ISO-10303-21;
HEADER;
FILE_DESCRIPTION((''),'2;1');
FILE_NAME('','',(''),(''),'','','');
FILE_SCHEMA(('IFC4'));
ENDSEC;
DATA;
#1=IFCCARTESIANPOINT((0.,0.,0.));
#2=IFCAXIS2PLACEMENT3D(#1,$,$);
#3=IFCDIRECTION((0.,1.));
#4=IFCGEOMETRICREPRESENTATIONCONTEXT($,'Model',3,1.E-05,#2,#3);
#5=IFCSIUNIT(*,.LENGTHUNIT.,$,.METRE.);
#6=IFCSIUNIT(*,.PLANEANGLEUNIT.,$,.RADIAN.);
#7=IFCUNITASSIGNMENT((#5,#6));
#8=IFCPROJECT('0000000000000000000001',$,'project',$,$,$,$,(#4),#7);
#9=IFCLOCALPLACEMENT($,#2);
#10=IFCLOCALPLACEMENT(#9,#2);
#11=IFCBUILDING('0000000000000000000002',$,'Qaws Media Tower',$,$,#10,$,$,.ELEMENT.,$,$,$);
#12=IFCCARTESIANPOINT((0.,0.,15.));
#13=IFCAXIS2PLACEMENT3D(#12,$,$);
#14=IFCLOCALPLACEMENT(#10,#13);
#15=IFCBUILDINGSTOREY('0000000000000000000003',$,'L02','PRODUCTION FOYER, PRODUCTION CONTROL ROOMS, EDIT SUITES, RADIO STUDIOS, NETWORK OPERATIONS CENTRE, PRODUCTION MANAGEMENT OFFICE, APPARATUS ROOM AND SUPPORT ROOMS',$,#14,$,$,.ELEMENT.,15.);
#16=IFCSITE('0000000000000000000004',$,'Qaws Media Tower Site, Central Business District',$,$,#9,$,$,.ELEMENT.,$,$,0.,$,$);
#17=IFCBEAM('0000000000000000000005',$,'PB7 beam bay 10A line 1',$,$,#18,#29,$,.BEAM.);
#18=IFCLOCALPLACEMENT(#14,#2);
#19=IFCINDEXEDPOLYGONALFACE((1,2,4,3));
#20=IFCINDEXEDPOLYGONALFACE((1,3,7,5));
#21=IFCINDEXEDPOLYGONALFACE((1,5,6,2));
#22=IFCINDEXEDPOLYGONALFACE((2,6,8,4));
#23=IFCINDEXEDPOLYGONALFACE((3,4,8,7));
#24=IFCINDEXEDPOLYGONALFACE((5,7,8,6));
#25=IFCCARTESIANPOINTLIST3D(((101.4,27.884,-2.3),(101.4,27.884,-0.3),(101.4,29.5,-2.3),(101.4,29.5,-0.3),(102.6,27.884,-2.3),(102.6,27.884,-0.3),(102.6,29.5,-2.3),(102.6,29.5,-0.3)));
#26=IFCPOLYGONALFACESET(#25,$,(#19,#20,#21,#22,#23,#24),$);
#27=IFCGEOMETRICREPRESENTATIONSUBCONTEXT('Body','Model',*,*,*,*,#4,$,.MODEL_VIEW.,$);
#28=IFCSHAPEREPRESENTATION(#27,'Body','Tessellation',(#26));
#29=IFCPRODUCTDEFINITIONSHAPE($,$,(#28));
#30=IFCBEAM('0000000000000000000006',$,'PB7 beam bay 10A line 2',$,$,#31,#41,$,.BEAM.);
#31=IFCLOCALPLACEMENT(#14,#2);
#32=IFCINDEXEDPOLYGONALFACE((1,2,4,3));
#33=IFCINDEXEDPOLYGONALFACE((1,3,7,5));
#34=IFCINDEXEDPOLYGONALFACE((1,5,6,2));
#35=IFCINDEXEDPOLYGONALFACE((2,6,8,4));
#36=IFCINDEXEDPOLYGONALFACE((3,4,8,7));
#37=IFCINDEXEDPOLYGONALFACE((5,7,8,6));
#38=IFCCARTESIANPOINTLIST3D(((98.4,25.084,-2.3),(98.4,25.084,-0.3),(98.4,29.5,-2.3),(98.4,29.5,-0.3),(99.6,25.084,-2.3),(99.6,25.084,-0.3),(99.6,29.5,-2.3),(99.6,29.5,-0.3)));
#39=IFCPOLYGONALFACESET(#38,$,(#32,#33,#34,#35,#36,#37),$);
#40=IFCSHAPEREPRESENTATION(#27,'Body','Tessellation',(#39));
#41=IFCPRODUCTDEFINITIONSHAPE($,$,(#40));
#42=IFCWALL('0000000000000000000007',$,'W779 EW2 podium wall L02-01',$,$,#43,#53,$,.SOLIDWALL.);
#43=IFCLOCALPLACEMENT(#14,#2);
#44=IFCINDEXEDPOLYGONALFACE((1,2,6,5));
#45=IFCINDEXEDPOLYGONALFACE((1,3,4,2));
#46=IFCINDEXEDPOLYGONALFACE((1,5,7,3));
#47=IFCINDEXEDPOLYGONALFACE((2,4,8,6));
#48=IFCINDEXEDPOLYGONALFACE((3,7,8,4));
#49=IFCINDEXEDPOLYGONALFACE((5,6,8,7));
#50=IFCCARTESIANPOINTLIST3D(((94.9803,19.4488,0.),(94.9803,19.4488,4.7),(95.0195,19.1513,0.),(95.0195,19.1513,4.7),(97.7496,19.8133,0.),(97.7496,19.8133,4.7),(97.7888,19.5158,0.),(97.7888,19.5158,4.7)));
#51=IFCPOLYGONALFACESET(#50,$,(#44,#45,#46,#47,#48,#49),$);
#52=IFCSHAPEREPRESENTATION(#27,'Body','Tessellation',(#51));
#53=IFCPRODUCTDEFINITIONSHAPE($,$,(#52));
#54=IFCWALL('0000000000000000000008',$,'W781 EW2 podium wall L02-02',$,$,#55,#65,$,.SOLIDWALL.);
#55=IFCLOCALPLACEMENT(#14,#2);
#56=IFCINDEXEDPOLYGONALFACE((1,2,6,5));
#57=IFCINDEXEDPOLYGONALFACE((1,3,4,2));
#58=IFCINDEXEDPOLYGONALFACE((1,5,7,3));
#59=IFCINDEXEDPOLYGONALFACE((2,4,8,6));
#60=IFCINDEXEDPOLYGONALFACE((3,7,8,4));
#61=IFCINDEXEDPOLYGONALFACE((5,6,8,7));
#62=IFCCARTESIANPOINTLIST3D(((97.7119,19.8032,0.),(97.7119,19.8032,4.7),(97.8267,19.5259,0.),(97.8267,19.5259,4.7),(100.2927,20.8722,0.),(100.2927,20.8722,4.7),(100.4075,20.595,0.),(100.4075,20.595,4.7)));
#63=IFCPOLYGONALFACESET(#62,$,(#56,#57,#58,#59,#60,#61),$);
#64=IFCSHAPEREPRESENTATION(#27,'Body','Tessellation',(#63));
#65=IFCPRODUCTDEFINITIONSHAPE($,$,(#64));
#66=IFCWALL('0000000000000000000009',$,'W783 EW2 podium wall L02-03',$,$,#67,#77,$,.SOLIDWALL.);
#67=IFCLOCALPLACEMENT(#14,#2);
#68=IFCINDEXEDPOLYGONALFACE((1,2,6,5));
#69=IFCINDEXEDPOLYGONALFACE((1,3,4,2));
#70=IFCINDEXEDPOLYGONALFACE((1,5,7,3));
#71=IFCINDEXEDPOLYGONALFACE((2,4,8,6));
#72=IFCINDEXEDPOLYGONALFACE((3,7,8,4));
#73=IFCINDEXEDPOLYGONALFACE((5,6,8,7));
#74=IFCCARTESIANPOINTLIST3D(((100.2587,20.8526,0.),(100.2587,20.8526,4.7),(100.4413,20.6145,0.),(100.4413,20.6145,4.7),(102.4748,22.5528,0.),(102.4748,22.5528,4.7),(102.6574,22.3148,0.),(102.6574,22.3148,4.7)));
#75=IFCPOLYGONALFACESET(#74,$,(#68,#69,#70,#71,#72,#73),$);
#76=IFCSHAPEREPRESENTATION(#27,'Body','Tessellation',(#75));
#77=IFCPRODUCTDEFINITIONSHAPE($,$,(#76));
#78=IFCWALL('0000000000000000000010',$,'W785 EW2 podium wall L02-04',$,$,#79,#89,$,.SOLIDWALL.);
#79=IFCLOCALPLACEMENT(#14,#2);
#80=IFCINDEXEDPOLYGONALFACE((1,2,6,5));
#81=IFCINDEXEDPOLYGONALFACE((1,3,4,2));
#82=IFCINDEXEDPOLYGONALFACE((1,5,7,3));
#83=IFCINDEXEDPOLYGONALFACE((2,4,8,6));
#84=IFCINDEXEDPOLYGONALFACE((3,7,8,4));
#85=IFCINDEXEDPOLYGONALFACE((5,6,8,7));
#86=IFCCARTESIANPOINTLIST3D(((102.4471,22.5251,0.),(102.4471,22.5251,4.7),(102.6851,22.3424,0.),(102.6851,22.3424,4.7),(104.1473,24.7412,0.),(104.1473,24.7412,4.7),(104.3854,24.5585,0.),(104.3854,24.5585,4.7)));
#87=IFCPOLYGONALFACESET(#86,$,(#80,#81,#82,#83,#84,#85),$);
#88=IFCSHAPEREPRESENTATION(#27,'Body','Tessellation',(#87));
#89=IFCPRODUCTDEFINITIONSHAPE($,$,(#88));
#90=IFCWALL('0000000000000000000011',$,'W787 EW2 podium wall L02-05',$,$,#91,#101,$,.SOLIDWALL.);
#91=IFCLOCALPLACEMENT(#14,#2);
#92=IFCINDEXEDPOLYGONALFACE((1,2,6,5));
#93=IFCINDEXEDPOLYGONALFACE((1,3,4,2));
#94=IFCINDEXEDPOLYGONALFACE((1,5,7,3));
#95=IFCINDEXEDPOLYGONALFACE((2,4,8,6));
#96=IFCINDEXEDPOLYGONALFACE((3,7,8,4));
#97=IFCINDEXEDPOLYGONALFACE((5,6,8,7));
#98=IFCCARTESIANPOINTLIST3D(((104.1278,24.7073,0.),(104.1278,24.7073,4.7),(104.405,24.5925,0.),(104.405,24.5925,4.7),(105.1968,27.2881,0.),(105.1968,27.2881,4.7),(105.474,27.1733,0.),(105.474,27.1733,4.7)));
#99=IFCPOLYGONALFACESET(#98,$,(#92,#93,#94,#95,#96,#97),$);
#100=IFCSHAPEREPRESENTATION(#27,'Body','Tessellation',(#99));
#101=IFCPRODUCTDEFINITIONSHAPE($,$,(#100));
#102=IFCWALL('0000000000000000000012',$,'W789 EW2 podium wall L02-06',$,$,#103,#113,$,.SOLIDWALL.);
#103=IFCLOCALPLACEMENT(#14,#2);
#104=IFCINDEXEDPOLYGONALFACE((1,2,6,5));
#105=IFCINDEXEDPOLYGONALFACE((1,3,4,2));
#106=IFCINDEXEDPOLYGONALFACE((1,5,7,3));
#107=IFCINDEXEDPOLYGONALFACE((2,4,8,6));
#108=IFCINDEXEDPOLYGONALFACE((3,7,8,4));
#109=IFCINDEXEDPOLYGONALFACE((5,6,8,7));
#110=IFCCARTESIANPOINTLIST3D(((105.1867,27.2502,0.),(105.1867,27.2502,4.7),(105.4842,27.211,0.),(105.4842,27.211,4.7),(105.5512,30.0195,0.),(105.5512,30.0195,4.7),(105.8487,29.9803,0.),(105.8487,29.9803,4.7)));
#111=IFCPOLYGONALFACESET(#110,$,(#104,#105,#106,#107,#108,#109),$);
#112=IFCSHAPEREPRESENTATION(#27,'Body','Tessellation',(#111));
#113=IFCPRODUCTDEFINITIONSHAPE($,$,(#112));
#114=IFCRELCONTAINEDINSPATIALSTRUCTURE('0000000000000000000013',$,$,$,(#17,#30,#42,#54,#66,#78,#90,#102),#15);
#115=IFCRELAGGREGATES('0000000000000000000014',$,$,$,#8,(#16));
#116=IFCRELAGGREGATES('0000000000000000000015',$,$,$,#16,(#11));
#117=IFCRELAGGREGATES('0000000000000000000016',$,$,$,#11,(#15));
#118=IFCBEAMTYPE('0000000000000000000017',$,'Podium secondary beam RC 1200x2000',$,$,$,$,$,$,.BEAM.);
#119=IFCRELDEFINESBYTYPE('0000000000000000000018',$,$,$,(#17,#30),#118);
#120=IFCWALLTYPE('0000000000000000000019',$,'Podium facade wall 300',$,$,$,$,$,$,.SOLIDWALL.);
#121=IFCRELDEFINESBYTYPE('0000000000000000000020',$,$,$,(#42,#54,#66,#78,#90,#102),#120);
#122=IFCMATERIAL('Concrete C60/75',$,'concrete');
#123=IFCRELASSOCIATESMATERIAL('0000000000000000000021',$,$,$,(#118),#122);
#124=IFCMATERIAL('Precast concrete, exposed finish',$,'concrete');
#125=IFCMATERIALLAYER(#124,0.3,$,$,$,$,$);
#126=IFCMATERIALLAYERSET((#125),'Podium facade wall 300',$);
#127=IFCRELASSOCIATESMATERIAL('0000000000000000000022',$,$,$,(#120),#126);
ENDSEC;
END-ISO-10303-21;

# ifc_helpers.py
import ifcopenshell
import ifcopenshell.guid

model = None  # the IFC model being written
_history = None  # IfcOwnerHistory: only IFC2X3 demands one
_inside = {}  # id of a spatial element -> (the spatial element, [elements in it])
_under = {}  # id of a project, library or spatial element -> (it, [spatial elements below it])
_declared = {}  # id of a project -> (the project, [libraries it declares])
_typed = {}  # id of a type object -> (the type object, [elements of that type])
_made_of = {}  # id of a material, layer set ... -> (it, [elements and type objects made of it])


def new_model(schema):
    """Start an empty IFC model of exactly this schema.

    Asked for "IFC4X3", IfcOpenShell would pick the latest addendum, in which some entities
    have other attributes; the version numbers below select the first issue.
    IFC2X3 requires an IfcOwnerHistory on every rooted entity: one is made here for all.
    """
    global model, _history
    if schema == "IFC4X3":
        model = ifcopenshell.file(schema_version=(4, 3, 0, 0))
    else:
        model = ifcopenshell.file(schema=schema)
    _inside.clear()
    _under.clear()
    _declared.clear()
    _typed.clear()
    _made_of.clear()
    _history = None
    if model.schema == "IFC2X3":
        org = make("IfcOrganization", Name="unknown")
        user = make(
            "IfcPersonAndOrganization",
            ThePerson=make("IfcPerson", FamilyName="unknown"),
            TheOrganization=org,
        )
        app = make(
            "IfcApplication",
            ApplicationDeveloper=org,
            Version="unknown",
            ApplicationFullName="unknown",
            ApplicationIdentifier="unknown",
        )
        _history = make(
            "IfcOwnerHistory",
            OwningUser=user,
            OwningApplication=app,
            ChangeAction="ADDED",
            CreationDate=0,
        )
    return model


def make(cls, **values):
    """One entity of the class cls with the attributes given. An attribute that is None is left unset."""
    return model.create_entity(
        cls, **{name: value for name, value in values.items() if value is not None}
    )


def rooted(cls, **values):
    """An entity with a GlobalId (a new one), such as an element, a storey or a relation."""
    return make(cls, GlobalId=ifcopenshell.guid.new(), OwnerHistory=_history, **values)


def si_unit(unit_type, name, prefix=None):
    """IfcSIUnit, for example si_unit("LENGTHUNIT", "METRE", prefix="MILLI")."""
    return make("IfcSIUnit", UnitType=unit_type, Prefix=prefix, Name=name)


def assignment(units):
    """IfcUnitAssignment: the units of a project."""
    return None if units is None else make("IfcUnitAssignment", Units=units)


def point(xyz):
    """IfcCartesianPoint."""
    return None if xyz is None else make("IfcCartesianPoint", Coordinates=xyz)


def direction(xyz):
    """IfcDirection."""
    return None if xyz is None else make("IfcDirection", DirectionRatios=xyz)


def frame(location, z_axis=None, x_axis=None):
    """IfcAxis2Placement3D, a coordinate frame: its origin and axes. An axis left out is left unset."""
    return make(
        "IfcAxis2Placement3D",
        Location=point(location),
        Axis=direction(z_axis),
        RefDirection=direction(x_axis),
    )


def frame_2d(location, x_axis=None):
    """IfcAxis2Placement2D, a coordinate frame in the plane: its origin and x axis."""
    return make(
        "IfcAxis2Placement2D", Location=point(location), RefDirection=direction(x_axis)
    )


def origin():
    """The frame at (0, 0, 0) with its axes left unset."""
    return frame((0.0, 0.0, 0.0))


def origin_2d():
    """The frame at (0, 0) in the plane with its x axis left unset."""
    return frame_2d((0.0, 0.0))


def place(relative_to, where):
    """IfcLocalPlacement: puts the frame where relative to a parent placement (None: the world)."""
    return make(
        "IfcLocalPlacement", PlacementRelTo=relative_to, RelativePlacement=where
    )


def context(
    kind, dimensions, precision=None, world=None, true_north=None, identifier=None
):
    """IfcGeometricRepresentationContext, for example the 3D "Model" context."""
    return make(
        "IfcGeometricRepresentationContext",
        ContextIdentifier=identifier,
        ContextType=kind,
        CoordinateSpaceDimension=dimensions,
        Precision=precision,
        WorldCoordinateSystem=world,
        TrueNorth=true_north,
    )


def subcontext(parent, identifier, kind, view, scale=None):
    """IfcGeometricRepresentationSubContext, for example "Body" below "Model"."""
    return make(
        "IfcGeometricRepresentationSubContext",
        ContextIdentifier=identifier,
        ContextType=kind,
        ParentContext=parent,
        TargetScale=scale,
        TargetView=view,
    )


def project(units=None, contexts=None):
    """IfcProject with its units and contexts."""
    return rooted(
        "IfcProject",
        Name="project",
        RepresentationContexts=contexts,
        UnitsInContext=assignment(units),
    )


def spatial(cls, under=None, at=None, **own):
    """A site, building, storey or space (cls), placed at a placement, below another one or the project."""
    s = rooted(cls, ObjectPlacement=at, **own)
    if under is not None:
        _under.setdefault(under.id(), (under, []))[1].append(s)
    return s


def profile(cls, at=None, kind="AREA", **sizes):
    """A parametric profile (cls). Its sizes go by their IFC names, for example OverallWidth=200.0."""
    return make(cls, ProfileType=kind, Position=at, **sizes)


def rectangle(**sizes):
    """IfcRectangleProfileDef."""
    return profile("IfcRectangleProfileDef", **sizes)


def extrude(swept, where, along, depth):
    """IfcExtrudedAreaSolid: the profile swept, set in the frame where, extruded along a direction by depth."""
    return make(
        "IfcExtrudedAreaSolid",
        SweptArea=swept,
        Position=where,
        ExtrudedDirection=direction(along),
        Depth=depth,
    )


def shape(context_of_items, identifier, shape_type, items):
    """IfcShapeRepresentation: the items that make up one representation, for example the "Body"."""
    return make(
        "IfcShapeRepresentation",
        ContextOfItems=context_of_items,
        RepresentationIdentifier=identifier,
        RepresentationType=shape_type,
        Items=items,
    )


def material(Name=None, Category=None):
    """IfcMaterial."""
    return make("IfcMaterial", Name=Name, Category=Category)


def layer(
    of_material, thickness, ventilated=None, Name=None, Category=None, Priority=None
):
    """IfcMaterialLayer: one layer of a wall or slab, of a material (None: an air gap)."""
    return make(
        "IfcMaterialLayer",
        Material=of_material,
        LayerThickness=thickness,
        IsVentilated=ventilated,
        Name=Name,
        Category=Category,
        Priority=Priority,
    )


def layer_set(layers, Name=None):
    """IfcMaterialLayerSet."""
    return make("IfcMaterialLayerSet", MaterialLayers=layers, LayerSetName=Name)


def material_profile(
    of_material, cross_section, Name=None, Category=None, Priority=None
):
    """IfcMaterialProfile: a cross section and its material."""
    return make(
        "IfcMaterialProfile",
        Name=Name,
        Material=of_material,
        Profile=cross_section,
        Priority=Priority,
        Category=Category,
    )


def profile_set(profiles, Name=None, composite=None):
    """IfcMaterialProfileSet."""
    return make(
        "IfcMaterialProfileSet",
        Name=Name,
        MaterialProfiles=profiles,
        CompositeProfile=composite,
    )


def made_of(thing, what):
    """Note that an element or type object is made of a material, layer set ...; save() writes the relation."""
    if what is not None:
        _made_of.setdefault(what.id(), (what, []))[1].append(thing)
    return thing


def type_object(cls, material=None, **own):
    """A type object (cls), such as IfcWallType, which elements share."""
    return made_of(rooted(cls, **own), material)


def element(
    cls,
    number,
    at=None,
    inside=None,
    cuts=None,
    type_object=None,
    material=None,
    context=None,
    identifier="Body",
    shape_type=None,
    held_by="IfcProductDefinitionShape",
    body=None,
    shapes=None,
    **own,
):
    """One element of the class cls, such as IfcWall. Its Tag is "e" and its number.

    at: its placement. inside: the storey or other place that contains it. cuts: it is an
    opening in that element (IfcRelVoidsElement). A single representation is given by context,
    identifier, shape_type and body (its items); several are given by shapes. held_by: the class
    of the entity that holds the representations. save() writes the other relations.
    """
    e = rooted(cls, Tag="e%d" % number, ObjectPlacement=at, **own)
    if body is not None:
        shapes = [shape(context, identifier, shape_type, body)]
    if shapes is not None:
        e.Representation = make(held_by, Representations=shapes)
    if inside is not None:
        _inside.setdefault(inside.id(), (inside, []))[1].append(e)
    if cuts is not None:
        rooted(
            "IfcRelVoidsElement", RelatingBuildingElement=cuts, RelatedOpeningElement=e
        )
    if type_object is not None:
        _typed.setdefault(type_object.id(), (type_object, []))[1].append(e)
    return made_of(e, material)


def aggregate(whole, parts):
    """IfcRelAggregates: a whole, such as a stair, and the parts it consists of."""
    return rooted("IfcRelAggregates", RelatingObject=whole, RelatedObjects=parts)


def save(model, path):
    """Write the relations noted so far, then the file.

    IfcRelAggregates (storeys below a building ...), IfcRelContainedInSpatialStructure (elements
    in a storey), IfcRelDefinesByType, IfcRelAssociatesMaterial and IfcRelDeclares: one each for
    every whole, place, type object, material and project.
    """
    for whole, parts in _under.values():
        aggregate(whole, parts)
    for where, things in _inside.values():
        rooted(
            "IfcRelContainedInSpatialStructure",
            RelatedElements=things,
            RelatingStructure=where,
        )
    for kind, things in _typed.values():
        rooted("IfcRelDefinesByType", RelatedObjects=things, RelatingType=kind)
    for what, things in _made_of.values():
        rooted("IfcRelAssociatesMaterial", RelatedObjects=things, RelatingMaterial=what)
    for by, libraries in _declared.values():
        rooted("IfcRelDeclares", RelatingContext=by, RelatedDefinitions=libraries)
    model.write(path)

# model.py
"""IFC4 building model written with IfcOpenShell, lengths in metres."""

from ifc_helpers import new_model, si_unit, direction, frame, frame_2d, origin, origin_2d, place, context, subcontext, project, spatial, rectangle, extrude, material, layer, layer_set, material_profile, profile_set, type_object, element, save


model = new_model("IFC4")

# Units and contexts
model_context = context("Model", 3, precision=1e-05, world=origin(), true_north=direction((0.0, 1.0)))
body_context = subcontext(model_context, "Body", "Model", "MODEL_VIEW")
ifc_project = project(units=[si_unit("LENGTHUNIT", "METRE"), si_unit("PLANEANGLEUNIT", "RADIAN")], contexts=[model_context])

# Site, building, storey
site_placement = place(None, origin())
site = spatial("IfcSite", under=ifc_project, at=site_placement, Name="Qaws Media Tower Site, Central Business District", CompositionType="ELEMENT", RefElevation=0.0)
building_placement = place(site_placement, origin())
building = spatial("IfcBuilding", under=site, at=building_placement, Name="Qaws Media Tower", CompositionType="ELEMENT")
storey_placement = place(building_placement, frame((0.0, 0.0, 15.0)))
storey = spatial("IfcBuildingStorey", under=building, at=storey_placement, Name="L02", Description="PRODUCTION FOYER, PRODUCTION CONTROL ROOMS, EDIT SUITES, RADIO STUDIOS, NETWORK OPERATIONS CENTRE, PRODUCTION MANAGEMENT OFFICE, APPARATUS ROOM AND SUPPORT ROOMS", CompositionType="ELEMENT", Elevation=15.0)

# Beams
ifc_material_1 = material(Name="Concrete C60/75", Category="concrete")
ifc_material_profile_1 = material_profile(ifc_material_1, rectangle(XDim=1.2, YDim=2.0, at=origin_2d()), Name="RC 1200x2000")
ifc_profile_set_1 = profile_set([ifc_material_profile_1], Name="Concrete C60/75")
beam_type_1 = type_object("IfcBeamType", Name="Podium secondary beam RC 1200x2000", PredefinedType="BEAM", material=ifc_profile_set_1)
beam_1_placement = place(storey_placement, frame((102.0, 27.884, -1.3), z_axis=(0.0, 1.0, 0.0), x_axis=(-1.0, 0.0, 0.0)))
element("IfcBeam", 1, at=beam_1_placement, inside=storey, type_object=beam_type_1, Name="PB7 beam bay 10A line 1", PredefinedType="BEAM", context=body_context, shape_type="SweptSolid", body=[
    extrude(rectangle(XDim=1.2, YDim=2.0, at=origin_2d()), origin(), (0.0, 0.0, 1.0), 1.616),
])
beam_2_placement = place(storey_placement, frame((99.0, 25.084, -1.3), z_axis=(0.0, 1.0, 0.0), x_axis=(-1.0, 0.0, 0.0)))
element("IfcBeam", 2, at=beam_2_placement, inside=storey, type_object=beam_type_1, Name="PB7 beam bay 10A line 2", PredefinedType="BEAM", context=body_context, shape_type="SweptSolid", body=[
    extrude(rectangle(XDim=1.2, YDim=2.0, at=origin_2d()), origin(), (0.0, 0.0, 1.0), 4.416),
])

# Walls
ifc_material_2 = material(Name="Precast concrete, exposed finish", Category="concrete")
ifc_layer_1 = layer(ifc_material_2, 0.3)
ifc_layer_set_1 = layer_set([ifc_layer_1], Name="Podium facade wall 300")
wall_type_1 = type_object("IfcWallType", Name="Podium facade wall 300", PredefinedType="SOLIDWALL", material=ifc_layer_set_1)
wall_1_placement = place(storey_placement, frame((95.0, 19.3, 0.0), z_axis=(0.0, 0.0, 1.0), x_axis=(0.991449, 0.130497, 0.0)))
element("IfcWall", 3, at=wall_1_placement, inside=storey, type_object=wall_type_1, Name="W779 EW2 podium wall L02-01", PredefinedType="SOLIDWALL", context=body_context, shape_type="SweptSolid", body=[
    extrude(rectangle(XDim=2.7932, YDim=0.3, at=frame_2d((1.3965, 0.0))), origin(), (0.0, 0.0, 1.0), 4.7),
])
wall_2_placement = place(storey_placement, frame((97.7693, 19.6646, 0.0), z_axis=(0.0, 0.0, 1.0), x_axis=(0.923869, 0.382709, 0.0)))
element("IfcWall", 4, at=wall_2_placement, inside=storey, type_object=wall_type_1, Name="W781 EW2 podium wall L02-02", PredefinedType="SOLIDWALL", context=body_context, shape_type="SweptSolid", body=[
    extrude(rectangle(XDim=2.7935, YDim=0.3, at=frame_2d((1.3967, 0.0))), origin(), (0.0, 0.0, 1.0), 4.7),
])
for number, where, z_axis, x_axis, name in (
    (5, (100.3501, 20.7336, 0.0), (0.0, 0.0, 1.0), (0.793397, 0.608705, 0.0), "W783 EW2 podium wall L02-03"),
    (6, (102.5662, 22.4338, 0.0), (0.0, 0.0, 1.0), (0.608705, 0.793397, 0.0), "W785 EW2 podium wall L02-04"),
):
    element("IfcWall", number, at=place(storey_placement, frame(where, z_axis=z_axis, x_axis=x_axis)), inside=storey, type_object=wall_type_1, Name=name, PredefinedType="SOLIDWALL", context=body_context, shape_type="SweptSolid", body=[
        extrude(rectangle(XDim=2.7932, YDim=0.3, at=frame_2d((1.3965, 0.0))), origin(), (0.0, 0.0, 1.0), 4.7),
    ])
wall_3_placement = place(storey_placement, frame((104.2664, 24.6499, 0.0), z_axis=(0.0, 0.0, 1.0), x_axis=(0.382709, 0.923869, 0.0)))
element("IfcWall", 7, at=wall_3_placement, inside=storey, type_object=wall_type_1, Name="W787 EW2 podium wall L02-05", PredefinedType="SOLIDWALL", context=body_context, shape_type="SweptSolid", body=[
    extrude(rectangle(XDim=2.7935, YDim=0.3, at=frame_2d((1.3967, 0.0))), origin(), (0.0, 0.0, 1.0), 4.7),
])
wall_4_placement = place(storey_placement, frame((105.3354, 27.2307, 0.0), z_axis=(0.0, 0.0, 1.0), x_axis=(0.130497, 0.991449, 0.0)))
element("IfcWall", 8, at=wall_4_placement, inside=storey, type_object=wall_type_1, Name="W789 EW2 podium wall L02-06", PredefinedType="SOLIDWALL", context=body_context, shape_type="SweptSolid", body=[
    extrude(rectangle(XDim=2.7932, YDim=0.3, at=frame_2d((1.3965, 0.0))), origin(), (0.0, 0.0, 1.0), 4.7),
])

save(model, "model.ifc")
